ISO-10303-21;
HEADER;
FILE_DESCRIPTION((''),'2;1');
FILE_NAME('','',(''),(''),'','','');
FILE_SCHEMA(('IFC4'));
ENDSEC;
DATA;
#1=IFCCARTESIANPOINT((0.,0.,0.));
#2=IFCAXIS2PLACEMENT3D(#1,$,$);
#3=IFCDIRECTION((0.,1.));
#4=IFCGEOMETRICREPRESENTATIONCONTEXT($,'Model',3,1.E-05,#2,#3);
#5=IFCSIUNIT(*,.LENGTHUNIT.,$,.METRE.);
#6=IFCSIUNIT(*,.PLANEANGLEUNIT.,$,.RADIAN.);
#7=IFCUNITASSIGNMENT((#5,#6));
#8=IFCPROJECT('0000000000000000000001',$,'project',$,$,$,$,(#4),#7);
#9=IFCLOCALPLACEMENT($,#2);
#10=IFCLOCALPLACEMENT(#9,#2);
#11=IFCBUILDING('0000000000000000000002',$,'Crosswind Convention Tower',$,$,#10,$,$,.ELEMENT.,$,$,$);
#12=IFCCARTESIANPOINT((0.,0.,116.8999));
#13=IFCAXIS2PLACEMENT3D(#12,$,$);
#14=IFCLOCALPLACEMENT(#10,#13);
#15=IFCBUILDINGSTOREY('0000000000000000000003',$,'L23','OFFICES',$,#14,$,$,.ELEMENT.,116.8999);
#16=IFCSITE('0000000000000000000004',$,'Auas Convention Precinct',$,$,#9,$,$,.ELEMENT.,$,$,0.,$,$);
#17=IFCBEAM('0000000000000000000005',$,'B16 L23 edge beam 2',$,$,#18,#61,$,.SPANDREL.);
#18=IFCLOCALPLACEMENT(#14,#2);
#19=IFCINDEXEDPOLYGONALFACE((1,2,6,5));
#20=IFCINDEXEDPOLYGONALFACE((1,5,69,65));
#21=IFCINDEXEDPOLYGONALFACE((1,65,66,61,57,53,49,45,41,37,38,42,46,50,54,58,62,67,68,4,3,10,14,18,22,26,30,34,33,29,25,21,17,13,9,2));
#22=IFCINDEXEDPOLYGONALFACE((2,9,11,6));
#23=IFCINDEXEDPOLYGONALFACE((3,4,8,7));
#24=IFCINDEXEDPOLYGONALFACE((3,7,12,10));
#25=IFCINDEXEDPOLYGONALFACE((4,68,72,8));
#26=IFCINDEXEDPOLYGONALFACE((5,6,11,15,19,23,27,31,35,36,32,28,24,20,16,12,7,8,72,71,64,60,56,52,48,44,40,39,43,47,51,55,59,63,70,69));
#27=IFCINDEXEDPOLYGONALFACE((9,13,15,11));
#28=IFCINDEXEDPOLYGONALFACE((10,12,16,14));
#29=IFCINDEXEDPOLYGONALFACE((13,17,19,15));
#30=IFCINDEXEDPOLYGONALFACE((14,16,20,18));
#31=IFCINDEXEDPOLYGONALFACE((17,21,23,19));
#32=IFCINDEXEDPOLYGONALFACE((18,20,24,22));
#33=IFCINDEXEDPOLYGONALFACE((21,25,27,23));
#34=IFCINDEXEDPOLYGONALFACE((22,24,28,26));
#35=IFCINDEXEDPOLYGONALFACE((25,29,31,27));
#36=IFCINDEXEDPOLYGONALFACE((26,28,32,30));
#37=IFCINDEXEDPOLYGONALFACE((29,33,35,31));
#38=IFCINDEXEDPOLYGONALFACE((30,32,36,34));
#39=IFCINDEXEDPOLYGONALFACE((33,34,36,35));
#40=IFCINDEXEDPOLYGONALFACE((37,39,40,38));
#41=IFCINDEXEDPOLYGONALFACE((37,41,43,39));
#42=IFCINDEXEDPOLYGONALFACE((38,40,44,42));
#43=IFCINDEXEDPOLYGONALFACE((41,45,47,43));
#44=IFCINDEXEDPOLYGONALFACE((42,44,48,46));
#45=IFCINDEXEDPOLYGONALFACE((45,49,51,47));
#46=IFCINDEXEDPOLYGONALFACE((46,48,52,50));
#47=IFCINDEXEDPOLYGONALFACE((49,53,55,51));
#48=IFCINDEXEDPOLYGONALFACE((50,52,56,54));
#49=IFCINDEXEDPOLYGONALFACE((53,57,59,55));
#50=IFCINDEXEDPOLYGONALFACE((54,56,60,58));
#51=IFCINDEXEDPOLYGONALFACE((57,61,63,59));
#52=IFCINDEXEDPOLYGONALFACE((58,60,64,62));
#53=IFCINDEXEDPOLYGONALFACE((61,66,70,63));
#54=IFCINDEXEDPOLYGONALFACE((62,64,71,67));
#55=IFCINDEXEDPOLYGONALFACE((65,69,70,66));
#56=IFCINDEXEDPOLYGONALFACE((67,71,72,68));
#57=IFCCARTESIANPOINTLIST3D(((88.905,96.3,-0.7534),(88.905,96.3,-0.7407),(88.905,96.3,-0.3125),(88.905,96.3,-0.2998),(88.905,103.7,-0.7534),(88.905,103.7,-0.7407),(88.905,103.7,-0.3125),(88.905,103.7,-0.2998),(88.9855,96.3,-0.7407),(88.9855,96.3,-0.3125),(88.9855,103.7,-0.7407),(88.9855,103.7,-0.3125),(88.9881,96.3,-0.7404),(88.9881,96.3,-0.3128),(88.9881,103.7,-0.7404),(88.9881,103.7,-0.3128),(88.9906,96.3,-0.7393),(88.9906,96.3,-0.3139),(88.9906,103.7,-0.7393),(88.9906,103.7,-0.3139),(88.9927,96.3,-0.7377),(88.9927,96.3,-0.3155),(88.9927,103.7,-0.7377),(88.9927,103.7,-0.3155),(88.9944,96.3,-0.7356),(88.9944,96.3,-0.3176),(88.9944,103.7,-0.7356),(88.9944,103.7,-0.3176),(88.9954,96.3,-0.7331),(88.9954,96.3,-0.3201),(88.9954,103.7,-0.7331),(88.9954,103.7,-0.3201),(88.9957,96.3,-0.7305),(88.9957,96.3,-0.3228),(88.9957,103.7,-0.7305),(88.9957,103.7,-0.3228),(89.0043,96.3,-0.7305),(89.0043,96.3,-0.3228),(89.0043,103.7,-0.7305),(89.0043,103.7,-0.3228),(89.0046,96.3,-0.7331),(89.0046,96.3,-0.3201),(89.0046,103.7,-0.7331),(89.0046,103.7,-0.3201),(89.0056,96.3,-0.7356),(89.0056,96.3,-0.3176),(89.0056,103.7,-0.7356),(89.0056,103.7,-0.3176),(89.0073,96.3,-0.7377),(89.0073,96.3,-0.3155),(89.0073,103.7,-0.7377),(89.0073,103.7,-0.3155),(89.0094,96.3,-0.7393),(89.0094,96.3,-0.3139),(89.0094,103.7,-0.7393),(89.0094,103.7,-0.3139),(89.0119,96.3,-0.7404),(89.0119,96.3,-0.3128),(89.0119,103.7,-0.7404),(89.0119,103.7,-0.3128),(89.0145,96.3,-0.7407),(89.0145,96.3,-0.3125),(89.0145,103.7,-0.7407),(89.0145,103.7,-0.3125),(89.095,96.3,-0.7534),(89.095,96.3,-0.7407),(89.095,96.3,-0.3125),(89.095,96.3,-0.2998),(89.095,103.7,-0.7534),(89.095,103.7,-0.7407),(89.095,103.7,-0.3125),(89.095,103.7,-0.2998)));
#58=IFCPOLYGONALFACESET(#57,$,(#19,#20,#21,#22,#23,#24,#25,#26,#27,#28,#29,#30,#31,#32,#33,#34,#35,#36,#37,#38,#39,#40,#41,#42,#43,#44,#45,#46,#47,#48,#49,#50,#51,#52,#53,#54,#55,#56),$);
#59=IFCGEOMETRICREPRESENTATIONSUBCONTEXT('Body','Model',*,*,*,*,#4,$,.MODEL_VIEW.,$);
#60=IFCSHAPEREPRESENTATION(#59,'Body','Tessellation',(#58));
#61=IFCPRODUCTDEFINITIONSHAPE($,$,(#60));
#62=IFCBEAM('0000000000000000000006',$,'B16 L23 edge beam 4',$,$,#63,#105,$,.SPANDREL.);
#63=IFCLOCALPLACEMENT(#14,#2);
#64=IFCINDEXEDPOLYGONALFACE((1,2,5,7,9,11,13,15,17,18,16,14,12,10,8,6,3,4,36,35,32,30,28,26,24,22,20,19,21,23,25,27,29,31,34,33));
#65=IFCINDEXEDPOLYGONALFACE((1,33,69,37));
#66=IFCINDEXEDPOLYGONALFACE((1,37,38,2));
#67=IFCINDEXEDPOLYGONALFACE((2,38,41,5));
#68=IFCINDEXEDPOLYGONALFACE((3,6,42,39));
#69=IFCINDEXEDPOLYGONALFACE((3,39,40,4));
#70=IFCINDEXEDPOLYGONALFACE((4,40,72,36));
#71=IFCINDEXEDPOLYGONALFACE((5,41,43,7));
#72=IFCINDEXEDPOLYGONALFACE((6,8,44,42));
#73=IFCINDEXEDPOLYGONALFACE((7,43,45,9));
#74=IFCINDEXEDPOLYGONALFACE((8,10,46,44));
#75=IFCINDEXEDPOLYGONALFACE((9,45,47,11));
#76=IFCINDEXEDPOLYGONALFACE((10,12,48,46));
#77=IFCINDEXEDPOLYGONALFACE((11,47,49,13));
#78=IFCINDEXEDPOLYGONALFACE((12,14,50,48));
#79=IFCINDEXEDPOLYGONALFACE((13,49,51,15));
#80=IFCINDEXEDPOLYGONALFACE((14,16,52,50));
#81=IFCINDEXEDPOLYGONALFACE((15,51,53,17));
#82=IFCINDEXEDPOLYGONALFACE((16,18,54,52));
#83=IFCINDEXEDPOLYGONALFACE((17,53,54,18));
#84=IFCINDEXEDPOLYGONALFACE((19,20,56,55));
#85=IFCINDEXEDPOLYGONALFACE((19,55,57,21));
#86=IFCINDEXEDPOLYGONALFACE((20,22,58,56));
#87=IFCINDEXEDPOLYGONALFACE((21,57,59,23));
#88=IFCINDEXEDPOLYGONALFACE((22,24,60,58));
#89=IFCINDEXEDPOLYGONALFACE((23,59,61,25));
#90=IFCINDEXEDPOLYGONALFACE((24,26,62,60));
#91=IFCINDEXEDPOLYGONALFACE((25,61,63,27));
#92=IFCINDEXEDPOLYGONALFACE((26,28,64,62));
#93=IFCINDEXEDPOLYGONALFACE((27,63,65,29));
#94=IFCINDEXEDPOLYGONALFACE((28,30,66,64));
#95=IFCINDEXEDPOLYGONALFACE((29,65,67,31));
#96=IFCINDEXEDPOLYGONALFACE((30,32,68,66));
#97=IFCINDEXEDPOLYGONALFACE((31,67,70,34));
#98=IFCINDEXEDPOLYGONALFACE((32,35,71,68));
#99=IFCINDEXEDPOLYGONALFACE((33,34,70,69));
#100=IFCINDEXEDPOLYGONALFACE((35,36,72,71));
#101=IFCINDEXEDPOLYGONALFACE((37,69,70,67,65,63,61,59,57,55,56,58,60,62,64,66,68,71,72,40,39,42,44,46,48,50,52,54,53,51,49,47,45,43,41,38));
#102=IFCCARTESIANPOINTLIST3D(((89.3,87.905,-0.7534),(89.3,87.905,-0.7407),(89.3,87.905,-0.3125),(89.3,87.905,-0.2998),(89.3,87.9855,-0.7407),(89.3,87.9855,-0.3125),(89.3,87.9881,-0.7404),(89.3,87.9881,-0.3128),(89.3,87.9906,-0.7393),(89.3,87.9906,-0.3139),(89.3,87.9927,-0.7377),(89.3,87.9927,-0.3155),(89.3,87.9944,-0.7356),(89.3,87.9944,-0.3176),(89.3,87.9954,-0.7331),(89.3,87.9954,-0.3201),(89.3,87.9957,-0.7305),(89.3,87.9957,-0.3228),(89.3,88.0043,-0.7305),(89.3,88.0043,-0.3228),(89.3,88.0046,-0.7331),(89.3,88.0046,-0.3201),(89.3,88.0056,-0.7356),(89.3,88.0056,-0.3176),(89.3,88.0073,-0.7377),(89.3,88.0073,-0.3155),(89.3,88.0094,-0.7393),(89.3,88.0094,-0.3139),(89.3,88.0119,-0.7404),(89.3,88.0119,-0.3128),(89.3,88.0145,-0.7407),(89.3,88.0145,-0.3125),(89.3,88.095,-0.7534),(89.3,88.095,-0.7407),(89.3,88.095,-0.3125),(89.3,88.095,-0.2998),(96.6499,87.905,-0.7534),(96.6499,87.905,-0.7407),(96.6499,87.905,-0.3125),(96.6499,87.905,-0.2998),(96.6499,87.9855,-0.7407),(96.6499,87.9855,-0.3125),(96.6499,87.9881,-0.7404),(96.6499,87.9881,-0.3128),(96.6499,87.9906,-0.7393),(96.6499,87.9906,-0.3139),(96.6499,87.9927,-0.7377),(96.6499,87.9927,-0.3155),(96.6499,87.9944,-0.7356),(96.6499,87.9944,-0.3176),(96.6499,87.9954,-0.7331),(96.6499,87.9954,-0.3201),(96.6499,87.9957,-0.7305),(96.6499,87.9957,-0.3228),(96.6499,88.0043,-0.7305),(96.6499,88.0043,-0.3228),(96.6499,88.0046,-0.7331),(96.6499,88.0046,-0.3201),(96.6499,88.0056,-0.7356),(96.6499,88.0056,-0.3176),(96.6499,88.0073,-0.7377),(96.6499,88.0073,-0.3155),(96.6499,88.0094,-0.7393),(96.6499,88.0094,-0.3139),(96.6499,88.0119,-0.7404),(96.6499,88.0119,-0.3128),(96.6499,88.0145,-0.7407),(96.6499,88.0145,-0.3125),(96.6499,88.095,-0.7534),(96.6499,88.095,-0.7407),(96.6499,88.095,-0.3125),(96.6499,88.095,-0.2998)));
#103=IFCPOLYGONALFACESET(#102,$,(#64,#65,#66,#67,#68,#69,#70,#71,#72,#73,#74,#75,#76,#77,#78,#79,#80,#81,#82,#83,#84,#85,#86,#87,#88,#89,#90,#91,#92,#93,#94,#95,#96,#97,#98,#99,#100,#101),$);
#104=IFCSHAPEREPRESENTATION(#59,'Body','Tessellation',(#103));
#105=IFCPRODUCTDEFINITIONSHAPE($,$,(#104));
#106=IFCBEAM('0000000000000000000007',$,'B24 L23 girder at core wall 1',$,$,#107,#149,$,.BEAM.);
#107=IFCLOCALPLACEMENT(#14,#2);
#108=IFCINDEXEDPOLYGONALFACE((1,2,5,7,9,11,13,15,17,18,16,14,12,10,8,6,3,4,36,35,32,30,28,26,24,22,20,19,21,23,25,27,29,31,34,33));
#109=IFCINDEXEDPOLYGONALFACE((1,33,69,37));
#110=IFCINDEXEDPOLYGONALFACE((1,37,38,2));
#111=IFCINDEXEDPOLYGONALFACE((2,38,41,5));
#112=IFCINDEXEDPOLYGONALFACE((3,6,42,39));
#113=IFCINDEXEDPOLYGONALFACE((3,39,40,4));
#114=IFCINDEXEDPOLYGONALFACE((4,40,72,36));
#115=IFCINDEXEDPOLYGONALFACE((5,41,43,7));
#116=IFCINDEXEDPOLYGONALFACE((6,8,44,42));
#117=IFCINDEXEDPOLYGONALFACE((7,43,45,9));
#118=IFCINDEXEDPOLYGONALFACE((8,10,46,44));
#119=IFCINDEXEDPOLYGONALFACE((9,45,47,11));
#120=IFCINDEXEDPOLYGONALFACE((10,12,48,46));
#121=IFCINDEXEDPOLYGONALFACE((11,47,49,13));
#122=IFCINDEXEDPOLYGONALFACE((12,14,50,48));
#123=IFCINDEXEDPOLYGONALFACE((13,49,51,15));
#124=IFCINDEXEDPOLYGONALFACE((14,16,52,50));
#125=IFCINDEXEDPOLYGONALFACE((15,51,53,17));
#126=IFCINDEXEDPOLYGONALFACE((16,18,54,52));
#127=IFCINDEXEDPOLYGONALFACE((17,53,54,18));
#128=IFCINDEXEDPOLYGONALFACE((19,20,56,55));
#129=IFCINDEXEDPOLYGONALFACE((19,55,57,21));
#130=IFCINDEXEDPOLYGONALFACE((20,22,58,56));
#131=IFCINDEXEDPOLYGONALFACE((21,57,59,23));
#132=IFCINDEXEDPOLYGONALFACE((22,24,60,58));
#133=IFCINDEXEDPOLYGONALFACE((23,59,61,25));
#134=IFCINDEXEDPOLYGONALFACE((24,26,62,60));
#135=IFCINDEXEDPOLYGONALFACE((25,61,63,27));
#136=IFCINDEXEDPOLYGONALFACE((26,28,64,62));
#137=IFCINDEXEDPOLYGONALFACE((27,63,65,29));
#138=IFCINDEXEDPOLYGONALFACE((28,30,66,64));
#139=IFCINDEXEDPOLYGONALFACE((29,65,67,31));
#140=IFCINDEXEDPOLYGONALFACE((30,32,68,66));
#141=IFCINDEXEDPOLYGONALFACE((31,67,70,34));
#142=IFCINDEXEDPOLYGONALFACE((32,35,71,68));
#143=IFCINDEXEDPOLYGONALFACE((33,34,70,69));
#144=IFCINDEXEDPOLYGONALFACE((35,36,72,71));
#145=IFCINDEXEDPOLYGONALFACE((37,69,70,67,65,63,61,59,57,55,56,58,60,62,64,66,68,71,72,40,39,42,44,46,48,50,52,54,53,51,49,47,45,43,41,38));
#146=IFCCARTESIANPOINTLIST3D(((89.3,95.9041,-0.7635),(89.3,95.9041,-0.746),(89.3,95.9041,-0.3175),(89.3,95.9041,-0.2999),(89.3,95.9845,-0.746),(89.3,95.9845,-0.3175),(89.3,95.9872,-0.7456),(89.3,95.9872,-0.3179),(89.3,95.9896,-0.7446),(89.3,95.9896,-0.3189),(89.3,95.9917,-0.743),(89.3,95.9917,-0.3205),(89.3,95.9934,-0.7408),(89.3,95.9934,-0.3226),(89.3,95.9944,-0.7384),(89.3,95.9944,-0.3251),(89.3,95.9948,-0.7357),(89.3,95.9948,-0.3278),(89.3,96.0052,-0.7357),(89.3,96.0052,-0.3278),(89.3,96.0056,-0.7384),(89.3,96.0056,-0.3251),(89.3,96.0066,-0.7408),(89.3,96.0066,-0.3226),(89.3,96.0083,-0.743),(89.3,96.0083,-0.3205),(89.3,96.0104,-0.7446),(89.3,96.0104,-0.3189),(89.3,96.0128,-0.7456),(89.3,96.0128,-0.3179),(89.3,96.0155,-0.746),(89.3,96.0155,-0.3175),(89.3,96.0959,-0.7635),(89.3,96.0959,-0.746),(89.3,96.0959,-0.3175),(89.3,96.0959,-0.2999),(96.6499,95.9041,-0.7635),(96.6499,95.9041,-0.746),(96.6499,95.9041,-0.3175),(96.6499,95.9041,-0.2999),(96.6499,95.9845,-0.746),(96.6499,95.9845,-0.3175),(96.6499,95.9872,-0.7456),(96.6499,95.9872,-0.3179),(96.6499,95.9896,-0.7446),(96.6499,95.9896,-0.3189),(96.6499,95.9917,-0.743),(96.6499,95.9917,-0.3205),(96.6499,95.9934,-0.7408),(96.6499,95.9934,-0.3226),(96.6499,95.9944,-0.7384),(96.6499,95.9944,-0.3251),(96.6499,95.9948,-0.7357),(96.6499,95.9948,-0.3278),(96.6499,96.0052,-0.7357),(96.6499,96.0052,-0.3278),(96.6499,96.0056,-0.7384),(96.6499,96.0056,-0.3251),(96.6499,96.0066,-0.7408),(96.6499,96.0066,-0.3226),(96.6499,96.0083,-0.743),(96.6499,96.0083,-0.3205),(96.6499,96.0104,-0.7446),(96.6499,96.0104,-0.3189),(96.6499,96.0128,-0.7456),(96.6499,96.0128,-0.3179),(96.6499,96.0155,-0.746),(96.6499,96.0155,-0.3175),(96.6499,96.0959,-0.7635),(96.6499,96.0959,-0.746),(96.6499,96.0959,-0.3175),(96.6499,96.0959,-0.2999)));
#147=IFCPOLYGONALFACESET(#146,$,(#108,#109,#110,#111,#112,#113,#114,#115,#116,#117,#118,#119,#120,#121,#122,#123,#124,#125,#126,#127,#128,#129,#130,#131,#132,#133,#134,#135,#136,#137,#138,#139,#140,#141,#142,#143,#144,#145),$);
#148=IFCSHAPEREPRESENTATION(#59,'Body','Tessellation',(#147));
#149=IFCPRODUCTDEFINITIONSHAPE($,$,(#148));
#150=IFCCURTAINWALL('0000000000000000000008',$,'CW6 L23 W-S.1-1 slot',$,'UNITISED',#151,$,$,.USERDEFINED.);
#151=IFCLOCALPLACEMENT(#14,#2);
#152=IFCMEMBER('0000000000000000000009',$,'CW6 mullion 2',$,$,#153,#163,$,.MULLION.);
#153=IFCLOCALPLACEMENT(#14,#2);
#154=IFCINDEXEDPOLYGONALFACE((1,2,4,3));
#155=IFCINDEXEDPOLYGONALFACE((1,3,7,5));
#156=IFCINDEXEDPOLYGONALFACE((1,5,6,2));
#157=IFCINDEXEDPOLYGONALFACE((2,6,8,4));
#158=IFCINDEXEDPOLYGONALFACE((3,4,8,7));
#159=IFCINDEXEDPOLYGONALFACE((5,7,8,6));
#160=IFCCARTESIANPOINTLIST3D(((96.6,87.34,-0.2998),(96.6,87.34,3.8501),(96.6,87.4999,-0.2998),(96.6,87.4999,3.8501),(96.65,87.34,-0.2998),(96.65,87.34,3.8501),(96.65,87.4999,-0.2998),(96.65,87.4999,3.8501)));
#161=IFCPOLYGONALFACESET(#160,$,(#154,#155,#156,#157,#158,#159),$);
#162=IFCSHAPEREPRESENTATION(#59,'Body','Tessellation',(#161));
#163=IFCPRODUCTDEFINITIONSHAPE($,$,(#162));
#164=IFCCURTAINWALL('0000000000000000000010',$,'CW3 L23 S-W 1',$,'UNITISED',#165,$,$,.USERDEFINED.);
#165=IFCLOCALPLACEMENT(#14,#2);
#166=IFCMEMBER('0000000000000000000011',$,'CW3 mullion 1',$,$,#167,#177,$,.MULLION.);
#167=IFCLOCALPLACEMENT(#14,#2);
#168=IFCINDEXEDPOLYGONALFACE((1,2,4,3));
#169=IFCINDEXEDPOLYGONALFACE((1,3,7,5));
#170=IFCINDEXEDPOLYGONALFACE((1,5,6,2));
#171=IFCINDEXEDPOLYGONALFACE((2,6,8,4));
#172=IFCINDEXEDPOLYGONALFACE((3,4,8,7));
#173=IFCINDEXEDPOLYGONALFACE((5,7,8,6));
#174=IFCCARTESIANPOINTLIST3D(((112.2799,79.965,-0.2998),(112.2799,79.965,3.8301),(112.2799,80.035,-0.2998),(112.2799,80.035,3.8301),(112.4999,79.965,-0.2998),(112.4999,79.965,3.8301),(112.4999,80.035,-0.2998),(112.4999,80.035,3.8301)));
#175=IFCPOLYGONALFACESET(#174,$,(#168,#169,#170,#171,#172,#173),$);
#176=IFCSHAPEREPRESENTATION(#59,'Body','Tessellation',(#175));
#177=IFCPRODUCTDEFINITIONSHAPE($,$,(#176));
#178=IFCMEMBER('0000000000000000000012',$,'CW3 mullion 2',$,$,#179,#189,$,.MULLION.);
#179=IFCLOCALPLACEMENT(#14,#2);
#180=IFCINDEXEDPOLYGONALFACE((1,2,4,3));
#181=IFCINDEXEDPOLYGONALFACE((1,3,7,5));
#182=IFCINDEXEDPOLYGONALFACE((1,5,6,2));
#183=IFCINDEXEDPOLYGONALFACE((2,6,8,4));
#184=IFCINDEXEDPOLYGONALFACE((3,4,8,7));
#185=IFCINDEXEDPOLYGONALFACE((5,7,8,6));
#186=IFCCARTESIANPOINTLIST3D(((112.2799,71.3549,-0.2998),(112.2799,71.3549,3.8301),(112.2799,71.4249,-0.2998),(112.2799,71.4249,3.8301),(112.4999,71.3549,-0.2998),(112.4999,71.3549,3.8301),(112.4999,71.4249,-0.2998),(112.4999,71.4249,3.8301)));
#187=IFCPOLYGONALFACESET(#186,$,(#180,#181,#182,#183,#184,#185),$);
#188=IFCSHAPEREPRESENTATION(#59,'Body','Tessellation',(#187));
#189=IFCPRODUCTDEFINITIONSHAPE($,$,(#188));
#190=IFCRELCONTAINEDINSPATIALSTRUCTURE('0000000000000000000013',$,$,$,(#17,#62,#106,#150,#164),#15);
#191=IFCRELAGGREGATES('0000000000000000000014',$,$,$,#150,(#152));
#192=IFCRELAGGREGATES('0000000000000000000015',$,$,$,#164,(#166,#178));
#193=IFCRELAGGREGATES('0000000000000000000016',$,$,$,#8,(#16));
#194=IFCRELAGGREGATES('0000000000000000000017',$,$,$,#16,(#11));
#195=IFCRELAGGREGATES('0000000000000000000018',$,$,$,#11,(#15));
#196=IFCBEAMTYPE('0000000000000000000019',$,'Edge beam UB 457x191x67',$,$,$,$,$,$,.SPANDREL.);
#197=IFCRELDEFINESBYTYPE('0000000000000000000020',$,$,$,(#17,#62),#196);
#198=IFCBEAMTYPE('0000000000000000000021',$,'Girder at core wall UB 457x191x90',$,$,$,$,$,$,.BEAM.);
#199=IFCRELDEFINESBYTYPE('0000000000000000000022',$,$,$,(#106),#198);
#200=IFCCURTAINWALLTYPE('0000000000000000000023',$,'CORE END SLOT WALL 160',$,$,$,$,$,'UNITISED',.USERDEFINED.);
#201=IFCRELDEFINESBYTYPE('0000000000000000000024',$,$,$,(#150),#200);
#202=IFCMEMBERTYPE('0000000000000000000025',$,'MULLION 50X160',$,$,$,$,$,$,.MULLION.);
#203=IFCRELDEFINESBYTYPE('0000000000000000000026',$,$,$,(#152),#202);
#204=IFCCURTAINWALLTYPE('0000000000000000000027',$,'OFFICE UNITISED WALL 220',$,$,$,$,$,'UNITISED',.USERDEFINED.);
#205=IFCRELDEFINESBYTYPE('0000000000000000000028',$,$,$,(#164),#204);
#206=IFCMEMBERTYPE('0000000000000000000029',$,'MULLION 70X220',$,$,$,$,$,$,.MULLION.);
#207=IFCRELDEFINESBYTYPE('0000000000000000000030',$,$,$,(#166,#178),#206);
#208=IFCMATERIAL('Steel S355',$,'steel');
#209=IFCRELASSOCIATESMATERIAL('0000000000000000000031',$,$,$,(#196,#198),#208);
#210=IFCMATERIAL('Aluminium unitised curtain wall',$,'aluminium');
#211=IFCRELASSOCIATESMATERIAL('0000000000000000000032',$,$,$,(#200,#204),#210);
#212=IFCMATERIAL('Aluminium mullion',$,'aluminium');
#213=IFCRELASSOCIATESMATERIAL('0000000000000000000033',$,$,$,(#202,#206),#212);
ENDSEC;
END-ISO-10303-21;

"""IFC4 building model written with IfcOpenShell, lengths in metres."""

from ifc_helpers import new_model, si_unit, direction, frame, origin, origin_2d, place, context, subcontext, project, spatial, rectangle, i_section, extrude, material, material_profile, profile_set, type_object, element, aggregate, save


model = new_model("IFC4")

# Units and contexts
model_context = context("Model", 3, precision=1e-05, world=origin(), true_north=direction((0.0, 1.0)))
body_context = subcontext(model_context, "Body", "Model", "MODEL_VIEW")
ifc_project = project(units=[si_unit("LENGTHUNIT", "METRE"), si_unit("PLANEANGLEUNIT", "RADIAN")], contexts=[model_context])

# Site, building, storey
site_placement = place(None, origin())
site = spatial("IfcSite", under=ifc_project, at=site_placement, Name="Auas Convention Precinct", CompositionType="ELEMENT", RefElevation=0.0)
building_placement = place(site_placement, origin())
building = spatial("IfcBuilding", under=site, at=building_placement, Name="Crosswind Convention Tower", CompositionType="ELEMENT")
storey_placement = place(building_placement, frame((0.0, 0.0, 116.8999)))
storey = spatial("IfcBuildingStorey", under=building, at=storey_placement, Name="L23", Description="OFFICES", CompositionType="ELEMENT", Elevation=116.8999)

# Beams
ifc_material_1 = material(Name="Steel S355", Category="steel")
ifc_material_profile_1 = material_profile(ifc_material_1, i_section(OverallWidth=0.1899, OverallDepth=0.4536, WebThickness=0.0085, FlangeThickness=0.0127, FilletRadius=0.0103, at=origin_2d()), Name="UB 457x191x67")
ifc_profile_set_1 = profile_set([ifc_material_profile_1], Name="Steel S355")
beam_type_1 = type_object("IfcBeamType", Name="Edge beam UB 457x191x67", PredefinedType="SPANDREL", material=ifc_profile_set_1)
beam_1_placement = place(storey_placement, frame((89.0, 96.3, -0.5266), z_axis=(0.0, 1.0, 0.0), x_axis=(-1.0, 0.0, 0.0)))
element("IfcBeam", 1, at=beam_1_placement, inside=storey, type_object=beam_type_1, Name="B16 L23 edge beam 2", PredefinedType="SPANDREL", context=body_context, shape_type="SweptSolid", body=[
    extrude(i_section(OverallWidth=0.1899, OverallDepth=0.4536, WebThickness=0.0085, FlangeThickness=0.0127, FilletRadius=0.0103, at=origin_2d()), origin(), (0.0, 0.0, 1.0), 7.3999),
])
beam_2_placement = place(storey_placement, frame((89.3, 88.0, -0.5266), z_axis=(1.0, 0.0, 0.0), x_axis=(0.0, 1.0, 0.0)))
element("IfcBeam", 2, at=beam_2_placement, inside=storey, type_object=beam_type_1, Name="B16 L23 edge beam 4", PredefinedType="SPANDREL", context=body_context, shape_type="SweptSolid", body=[
    extrude(i_section(OverallWidth=0.1899, OverallDepth=0.4536, WebThickness=0.0085, FlangeThickness=0.0127, FilletRadius=0.0103, at=origin_2d()), origin(), (0.0, 0.0, 1.0), 7.3499),
])
ifc_material_profile_2 = material_profile(ifc_material_1, i_section(OverallWidth=0.1919, OverallDepth=0.4636, WebThickness=0.0105, FlangeThickness=0.0176, FilletRadius=0.0103, at=origin_2d()), Name="UB 457x191x90")
ifc_profile_set_2 = profile_set([ifc_material_profile_2], Name="Steel S355")
beam_type_2 = type_object("IfcBeamType", Name="Girder at core wall UB 457x191x90", PredefinedType="BEAM", material=ifc_profile_set_2)
beam_3_placement = place(storey_placement, frame((89.3, 96.0, -0.5317), z_axis=(1.0, 0.0, 0.0), x_axis=(0.0, 1.0, 0.0)))
element("IfcBeam", 3, at=beam_3_placement, inside=storey, type_object=beam_type_2, Name="B24 L23 girder at core wall 1", PredefinedType="BEAM", context=body_context, shape_type="SweptSolid", body=[
    extrude(i_section(OverallWidth=0.1919, OverallDepth=0.4636, WebThickness=0.0105, FlangeThickness=0.0176, FilletRadius=0.0103, at=origin_2d()), origin(), (0.0, 0.0, 1.0), 7.3499),
])

# Curtain wall, member
ifc_material_2 = material(Name="Aluminium unitised curtain wall", Category="aluminium")
curtain_wall_type_1 = type_object("IfcCurtainWallType", Name="CORE END SLOT WALL 160", ElementType="UNITISED", PredefinedType="USERDEFINED", material=ifc_material_2)
curtain_wall_1_placement = place(storey_placement, origin())
curtain_wall_1 = element("IfcCurtainWall", 4, at=curtain_wall_1_placement, inside=storey, type_object=curtain_wall_type_1, Name="CW6 L23 W-S.1-1 slot", ObjectType="UNITISED", PredefinedType="USERDEFINED")
ifc_material_3 = material(Name="Aluminium mullion", Category="aluminium")
ifc_material_profile_3 = material_profile(ifc_material_3, rectangle(XDim=0.1599, YDim=0.05, at=origin_2d()), Name="AL 160X50")
ifc_profile_set_3 = profile_set([ifc_material_profile_3], Name="Aluminium mullion")
member_type_1 = type_object("IfcMemberType", Name="MULLION 50X160", PredefinedType="MULLION", material=ifc_profile_set_3)
member_1_placement = place(storey_placement, frame((96.625, 87.4199, -0.2998), z_axis=(0.0, 0.0, 1.0), x_axis=(0.0, -1.0, 0.0)))
member_1 = element("IfcMember", 5, at=member_1_placement, type_object=member_type_1, Name="CW6 mullion 2", PredefinedType="MULLION", context=body_context, shape_type="SweptSolid", body=[
    extrude(rectangle(XDim=0.1599, YDim=0.05, at=origin_2d()), origin(), (0.0, 0.0, 1.0), 4.1499),
])
aggregate(curtain_wall_1, [member_1])

# Curtain wall, members
curtain_wall_type_2 = type_object("IfcCurtainWallType", Name="OFFICE UNITISED WALL 220", ElementType="UNITISED", PredefinedType="USERDEFINED", material=ifc_material_2)
curtain_wall_2_placement = place(storey_placement, origin())
curtain_wall_2 = element("IfcCurtainWall", 6, at=curtain_wall_2_placement, inside=storey, type_object=curtain_wall_type_2, Name="CW3 L23 S-W 1", ObjectType="UNITISED", PredefinedType="USERDEFINED")
ifc_material_profile_4 = material_profile(ifc_material_3, rectangle(XDim=0.22, YDim=0.0701, at=origin_2d()), Name="AL 220X70")
ifc_profile_set_4 = profile_set([ifc_material_profile_4], Name="Aluminium mullion")
member_type_2 = type_object("IfcMemberType", Name="MULLION 70X220", PredefinedType="MULLION", material=ifc_profile_set_4)
member_2_placement = place(storey_placement, frame((112.3899, 80.0, -0.2998), z_axis=(0.0, 0.0, 1.0), x_axis=(-1.0, 0.0, 0.0)))
member_2 = element("IfcMember", 7, at=member_2_placement, type_object=member_type_2, Name="CW3 mullion 1", PredefinedType="MULLION", context=body_context, shape_type="SweptSolid", body=[
    extrude(rectangle(XDim=0.22, YDim=0.0701, at=origin_2d()), origin(), (0.0, 0.0, 1.0), 4.1299),
])
member_3_placement = place(storey_placement, frame((112.3899, 71.3899, -0.2998), z_axis=(0.0, 0.0, 1.0), x_axis=(-1.0, 0.0, 0.0)))
member_3 = element("IfcMember", 8, at=member_3_placement, type_object=member_type_2, Name="CW3 mullion 2", PredefinedType="MULLION", context=body_context, shape_type="SweptSolid", body=[
    extrude(rectangle(XDim=0.22, YDim=0.0701, at=origin_2d()), origin(), (0.0, 0.0, 1.0), 4.1299),
])

aggregate(curtain_wall_2, [member_2, member_3])

save(model, "model.ifc")
